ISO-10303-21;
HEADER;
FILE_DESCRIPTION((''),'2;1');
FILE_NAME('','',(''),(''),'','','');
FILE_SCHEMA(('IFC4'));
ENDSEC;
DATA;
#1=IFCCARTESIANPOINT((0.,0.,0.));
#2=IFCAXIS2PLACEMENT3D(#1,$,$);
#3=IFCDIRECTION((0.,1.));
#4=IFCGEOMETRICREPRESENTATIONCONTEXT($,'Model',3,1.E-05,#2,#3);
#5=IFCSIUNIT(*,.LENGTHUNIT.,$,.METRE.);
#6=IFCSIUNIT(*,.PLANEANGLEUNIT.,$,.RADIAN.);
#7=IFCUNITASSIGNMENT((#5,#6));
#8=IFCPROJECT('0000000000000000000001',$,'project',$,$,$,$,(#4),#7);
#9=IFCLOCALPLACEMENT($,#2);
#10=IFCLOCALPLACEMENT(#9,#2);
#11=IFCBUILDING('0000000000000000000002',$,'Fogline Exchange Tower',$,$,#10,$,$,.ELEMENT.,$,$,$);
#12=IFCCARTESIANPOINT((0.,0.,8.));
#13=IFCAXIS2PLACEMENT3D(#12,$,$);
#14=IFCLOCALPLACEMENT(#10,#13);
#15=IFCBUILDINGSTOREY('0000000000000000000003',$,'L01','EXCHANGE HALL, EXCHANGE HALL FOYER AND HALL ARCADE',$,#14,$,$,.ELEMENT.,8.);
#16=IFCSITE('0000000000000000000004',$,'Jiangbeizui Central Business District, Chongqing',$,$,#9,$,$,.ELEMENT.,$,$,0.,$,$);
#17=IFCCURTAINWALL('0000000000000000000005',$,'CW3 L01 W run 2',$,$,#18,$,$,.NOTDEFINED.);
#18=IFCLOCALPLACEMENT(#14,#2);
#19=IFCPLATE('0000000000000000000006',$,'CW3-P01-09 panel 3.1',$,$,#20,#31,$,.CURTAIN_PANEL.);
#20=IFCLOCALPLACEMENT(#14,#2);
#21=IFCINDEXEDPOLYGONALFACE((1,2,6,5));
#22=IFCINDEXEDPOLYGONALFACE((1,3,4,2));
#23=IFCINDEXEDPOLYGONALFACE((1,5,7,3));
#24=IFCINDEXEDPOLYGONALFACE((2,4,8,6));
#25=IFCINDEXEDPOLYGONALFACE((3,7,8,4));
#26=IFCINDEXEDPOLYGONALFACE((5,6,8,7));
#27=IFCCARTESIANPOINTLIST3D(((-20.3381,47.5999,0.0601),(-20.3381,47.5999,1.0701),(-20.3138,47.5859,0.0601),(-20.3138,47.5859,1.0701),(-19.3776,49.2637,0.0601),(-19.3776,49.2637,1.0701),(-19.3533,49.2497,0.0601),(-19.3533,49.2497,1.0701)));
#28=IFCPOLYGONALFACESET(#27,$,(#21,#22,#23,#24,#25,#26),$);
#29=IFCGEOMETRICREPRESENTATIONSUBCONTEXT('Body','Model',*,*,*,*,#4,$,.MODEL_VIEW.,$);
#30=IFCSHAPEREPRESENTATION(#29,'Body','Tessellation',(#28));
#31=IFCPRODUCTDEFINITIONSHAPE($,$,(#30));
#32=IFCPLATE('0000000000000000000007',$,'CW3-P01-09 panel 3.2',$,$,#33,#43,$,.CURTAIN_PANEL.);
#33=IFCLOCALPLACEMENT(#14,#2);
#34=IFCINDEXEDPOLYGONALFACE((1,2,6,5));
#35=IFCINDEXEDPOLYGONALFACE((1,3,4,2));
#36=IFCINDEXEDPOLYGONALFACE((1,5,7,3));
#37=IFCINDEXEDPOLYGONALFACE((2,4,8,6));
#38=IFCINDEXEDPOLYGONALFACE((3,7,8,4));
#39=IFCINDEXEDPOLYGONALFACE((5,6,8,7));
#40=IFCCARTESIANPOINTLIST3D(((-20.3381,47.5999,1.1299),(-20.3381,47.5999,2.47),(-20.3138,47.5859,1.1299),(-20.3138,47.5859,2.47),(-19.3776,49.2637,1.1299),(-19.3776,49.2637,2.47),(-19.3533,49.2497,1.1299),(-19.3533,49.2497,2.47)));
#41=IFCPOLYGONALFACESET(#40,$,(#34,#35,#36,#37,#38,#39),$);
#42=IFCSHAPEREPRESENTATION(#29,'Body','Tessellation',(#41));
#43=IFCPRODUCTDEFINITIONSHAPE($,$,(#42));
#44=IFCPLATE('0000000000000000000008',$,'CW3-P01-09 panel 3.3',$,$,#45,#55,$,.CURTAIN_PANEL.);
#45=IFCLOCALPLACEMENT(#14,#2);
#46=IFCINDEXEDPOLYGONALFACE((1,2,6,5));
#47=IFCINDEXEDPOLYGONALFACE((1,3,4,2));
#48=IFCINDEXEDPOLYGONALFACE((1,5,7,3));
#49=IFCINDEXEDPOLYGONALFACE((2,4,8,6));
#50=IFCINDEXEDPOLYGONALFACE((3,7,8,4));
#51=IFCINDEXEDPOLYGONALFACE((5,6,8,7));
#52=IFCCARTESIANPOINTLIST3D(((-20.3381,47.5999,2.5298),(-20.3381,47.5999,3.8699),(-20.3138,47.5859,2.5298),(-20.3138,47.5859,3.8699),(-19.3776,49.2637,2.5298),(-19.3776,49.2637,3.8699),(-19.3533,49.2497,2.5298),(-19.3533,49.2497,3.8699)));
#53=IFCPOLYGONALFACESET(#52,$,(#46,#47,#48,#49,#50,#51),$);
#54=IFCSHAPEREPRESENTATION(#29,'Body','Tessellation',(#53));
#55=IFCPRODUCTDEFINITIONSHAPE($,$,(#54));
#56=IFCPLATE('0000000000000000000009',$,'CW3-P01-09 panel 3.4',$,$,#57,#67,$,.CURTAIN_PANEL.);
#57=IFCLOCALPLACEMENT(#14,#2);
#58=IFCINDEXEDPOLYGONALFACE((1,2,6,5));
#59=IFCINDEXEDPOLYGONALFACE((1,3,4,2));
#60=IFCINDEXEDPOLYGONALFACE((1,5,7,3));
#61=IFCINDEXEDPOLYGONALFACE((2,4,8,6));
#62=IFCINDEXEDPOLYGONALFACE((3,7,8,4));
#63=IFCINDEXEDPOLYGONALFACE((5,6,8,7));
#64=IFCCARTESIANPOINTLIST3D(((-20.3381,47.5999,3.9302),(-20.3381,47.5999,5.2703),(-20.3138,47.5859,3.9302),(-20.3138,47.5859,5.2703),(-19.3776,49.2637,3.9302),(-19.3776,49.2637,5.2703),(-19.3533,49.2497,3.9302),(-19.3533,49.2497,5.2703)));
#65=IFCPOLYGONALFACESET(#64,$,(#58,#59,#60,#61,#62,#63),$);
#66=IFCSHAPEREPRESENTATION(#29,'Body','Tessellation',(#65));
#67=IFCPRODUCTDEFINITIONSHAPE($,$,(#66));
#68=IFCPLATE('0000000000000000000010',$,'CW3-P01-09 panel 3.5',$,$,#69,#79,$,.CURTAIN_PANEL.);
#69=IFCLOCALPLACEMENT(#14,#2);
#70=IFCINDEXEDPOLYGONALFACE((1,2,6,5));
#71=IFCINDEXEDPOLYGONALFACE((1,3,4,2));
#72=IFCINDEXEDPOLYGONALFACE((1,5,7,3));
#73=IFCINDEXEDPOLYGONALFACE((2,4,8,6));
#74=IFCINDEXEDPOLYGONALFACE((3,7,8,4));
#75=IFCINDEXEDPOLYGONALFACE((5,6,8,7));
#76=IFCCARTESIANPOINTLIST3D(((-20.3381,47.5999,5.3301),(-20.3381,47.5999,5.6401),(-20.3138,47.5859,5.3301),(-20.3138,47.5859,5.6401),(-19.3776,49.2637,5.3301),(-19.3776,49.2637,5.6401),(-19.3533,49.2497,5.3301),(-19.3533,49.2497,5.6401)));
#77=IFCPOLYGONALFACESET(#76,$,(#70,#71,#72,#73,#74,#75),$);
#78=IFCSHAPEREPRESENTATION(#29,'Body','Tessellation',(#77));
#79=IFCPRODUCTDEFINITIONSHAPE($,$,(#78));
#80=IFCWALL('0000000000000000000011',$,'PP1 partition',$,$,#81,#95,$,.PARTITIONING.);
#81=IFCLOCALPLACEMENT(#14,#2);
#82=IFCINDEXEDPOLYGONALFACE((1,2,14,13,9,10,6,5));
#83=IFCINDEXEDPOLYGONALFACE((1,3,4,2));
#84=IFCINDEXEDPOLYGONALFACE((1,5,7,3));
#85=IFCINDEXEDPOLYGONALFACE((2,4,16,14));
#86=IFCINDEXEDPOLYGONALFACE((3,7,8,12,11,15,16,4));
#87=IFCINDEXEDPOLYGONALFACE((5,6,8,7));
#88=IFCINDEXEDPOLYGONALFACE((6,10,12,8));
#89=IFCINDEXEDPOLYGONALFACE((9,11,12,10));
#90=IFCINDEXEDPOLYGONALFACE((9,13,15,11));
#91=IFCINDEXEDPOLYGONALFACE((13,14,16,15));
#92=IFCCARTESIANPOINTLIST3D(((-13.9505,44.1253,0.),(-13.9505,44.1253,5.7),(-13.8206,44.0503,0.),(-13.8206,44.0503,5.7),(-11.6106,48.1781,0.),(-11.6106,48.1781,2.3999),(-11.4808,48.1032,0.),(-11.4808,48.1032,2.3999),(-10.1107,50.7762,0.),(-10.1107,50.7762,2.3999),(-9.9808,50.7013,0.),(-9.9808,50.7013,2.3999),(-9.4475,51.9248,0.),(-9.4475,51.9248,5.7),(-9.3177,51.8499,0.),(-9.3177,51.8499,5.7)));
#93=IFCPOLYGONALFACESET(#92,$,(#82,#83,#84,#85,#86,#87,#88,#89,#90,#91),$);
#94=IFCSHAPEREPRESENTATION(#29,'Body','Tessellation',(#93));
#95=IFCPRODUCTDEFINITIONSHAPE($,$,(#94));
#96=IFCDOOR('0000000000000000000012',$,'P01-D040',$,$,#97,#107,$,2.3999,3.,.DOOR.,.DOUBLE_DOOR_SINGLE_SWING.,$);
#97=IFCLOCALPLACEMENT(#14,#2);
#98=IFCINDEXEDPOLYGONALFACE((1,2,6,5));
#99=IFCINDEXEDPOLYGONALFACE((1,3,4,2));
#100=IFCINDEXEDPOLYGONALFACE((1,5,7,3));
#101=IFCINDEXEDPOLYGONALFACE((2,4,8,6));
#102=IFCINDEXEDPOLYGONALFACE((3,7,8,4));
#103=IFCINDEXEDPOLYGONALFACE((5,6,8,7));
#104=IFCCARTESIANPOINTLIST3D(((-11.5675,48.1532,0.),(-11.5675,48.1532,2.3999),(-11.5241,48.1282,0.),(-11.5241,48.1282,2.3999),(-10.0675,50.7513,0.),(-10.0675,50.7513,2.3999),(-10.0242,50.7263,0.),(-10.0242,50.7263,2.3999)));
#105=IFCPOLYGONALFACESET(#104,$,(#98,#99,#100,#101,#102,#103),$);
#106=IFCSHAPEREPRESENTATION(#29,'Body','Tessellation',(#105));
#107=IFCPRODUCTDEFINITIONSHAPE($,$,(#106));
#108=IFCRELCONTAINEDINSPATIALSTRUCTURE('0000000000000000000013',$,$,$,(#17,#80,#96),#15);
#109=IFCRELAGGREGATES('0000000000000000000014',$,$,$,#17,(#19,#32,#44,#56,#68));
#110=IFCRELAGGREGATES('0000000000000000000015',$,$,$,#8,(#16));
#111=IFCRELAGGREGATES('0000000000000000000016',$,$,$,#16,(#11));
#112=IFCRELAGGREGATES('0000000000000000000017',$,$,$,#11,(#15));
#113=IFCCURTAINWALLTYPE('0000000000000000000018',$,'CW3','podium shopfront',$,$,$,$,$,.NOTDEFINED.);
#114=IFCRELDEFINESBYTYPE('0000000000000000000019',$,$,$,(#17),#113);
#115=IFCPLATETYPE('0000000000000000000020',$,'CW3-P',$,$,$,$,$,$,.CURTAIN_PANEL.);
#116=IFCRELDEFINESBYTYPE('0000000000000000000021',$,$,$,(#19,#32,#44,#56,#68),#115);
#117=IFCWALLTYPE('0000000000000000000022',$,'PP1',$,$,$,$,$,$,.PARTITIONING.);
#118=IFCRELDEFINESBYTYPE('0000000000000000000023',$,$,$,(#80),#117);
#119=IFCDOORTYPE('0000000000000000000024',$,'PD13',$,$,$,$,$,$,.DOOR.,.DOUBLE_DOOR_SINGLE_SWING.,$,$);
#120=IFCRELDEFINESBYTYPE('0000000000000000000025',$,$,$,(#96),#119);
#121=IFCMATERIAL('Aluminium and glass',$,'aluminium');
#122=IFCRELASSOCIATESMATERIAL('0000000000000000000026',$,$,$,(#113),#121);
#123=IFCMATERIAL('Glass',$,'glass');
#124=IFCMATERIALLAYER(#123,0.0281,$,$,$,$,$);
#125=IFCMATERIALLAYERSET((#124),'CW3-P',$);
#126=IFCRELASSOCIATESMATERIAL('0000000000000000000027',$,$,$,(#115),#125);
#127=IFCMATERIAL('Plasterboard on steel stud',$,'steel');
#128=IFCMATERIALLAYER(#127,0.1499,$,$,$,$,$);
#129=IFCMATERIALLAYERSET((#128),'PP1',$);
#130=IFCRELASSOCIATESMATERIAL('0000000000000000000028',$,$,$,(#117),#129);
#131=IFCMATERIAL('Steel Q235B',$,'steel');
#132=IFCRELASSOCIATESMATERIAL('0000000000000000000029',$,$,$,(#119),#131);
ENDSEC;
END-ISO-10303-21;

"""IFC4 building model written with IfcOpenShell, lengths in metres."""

from ifc_helpers import new_model, si_unit, direction, frame, frame_2d, origin, origin_2d, place, context, subcontext, project, spatial, rectangle, extrude, material, layer, layer_set, type_object, element, fill, aggregate, save


model = new_model("IFC4")

# Units and contexts
model_context = context("Model", 3, precision=1e-05, world=origin(), true_north=direction((0.0, 1.0)))
body_context = subcontext(model_context, "Body", "Model", "MODEL_VIEW")
ifc_project = project(units=[si_unit("LENGTHUNIT", "METRE"), si_unit("PLANEANGLEUNIT", "RADIAN")], contexts=[model_context])

# Site, building, storey
site_placement = place(None, origin())
site = spatial("IfcSite", under=ifc_project, at=site_placement, Name="Jiangbeizui Central Business District, Chongqing", CompositionType="ELEMENT", RefElevation=0.0)
building_placement = place(site_placement, origin())
building = spatial("IfcBuilding", under=site, at=building_placement, Name="Fogline Exchange Tower", CompositionType="ELEMENT")
storey_placement = place(building_placement, frame((0.0, 0.0, 8.0)))
storey = spatial("IfcBuildingStorey", under=building, at=storey_placement, Name="L01", Description="EXCHANGE HALL, EXCHANGE HALL FOYER AND HALL ARCADE", CompositionType="ELEMENT", Elevation=8.0)

# Curtain wall, plates
ifc_material_1 = material(Name="Aluminium and glass", Category="aluminium")
curtain_wall_type = type_object("IfcCurtainWallType", Name="CW3", Description="podium shopfront", PredefinedType="NOTDEFINED", material=ifc_material_1)
curtain_wall_placement = place(storey_placement, origin())
curtain_wall = element("IfcCurtainWall", 1, at=curtain_wall_placement, inside=storey, type_object=curtain_wall_type, Name="CW3 L01 W run 2", PredefinedType="NOTDEFINED")
ifc_material_2 = material(Name="Glass", Category="glass")
ifc_layer_1 = layer(ifc_material_2, 0.0281)
ifc_layer_set_1 = layer_set([ifc_layer_1], Name="CW3-P")
plate_type = type_object("IfcPlateType", Name="CW3-P", PredefinedType="CURTAIN_PANEL", material=ifc_layer_set_1)
plate_1_placement = place(storey_placement, frame((-19.8457, 48.4248, 0.0601), z_axis=(0.0, 0.0, 1.0), x_axis=(-0.5, -0.866025, 0.0)))
plate_1 = element("IfcPlate", 2, at=plate_1_placement, type_object=plate_type, Name="CW3-P01-09 panel 3.1", PredefinedType="CURTAIN_PANEL", context=body_context, shape_type="SweptSolid", body=[
    extrude(rectangle(XDim=1.9211, YDim=0.0281, at=origin_2d()), origin(), (0.0, 0.0, 1.0), 1.01),
])
plate_2_placement = place(storey_placement, frame((-19.8457, 48.4248, 1.1299), z_axis=(0.0, 0.0, 1.0), x_axis=(-0.5, -0.866025, 0.0)))
plate_2 = element("IfcPlate", 3, at=plate_2_placement, type_object=plate_type, Name="CW3-P01-09 panel 3.2", PredefinedType="CURTAIN_PANEL", context=body_context, shape_type="SweptSolid", body=[
    extrude(rectangle(XDim=1.9211, YDim=0.0281, at=origin_2d()), origin(), (0.0, 0.0, 1.0), 1.3401),
])
plate_3_placement = place(storey_placement, frame((-19.8457, 48.4248, 2.5298), z_axis=(0.0, 0.0, 1.0), x_axis=(-0.5, -0.866025, 0.0)))
plate_3 = element("IfcPlate", 4, at=plate_3_placement, type_object=plate_type, Name="CW3-P01-09 panel 3.3", PredefinedType="CURTAIN_PANEL", context=body_context, shape_type="SweptSolid", body=[
    extrude(rectangle(XDim=1.9211, YDim=0.0281, at=origin_2d()), origin(), (0.0, 0.0, 1.0), 1.3401),
])
plate_4_placement = place(storey_placement, frame((-19.8457, 48.4248, 3.9302), z_axis=(0.0, 0.0, 1.0), x_axis=(-0.5, -0.866025, 0.0)))
plate_4 = element("IfcPlate", 5, at=plate_4_placement, type_object=plate_type, Name="CW3-P01-09 panel 3.4", PredefinedType="CURTAIN_PANEL", context=body_context, shape_type="SweptSolid", body=[
    extrude(rectangle(XDim=1.9211, YDim=0.0281, at=origin_2d()), origin(), (0.0, 0.0, 1.0), 1.3401),
])
plate_5_placement = place(storey_placement, frame((-19.8457, 48.4248, 5.3301), z_axis=(0.0, 0.0, 1.0), x_axis=(-0.5, -0.866025, 0.0)))
plate_5 = element("IfcPlate", 6, at=plate_5_placement, type_object=plate_type, Name="CW3-P01-09 panel 3.5", PredefinedType="CURTAIN_PANEL", context=body_context, shape_type="SweptSolid", body=[
    extrude(rectangle(XDim=1.9211, YDim=0.0281, at=origin_2d()), origin(), (0.0, 0.0, 1.0), 0.3101),
])
aggregate(curtain_wall, [plate_1, plate_2, plate_3, plate_4, plate_5])

# Wall, opening, door
ifc_material_3 = material(Name="Plasterboard on steel stud", Category="steel")
ifc_layer_2 = layer(ifc_material_3, 0.1499)
ifc_layer_set_2 = layer_set([ifc_layer_2], Name="PP1")
wall_type = type_object("IfcWallType", Name="PP1", PredefinedType="PARTITIONING", material=ifc_layer_set_2)
ifc_material_4 = material(Name="Steel Q235B", Category="steel")
door_type = type_object("IfcDoorType", Name="PD13", OperationType="DOUBLE_DOOR_SINGLE_SWING", PredefinedType="DOOR", material=ifc_material_4)
wall_1_placement = place(storey_placement, frame((-13.8855, 44.0879, 0.0), z_axis=(0.0, 0.0, 1.0), x_axis=(0.499988, 0.866033, 0.0)))
wall_1 = element("IfcWall", 7, at=wall_1_placement, inside=storey, type_object=wall_type, Name="PP1 partition", PredefinedType="PARTITIONING", context=body_context, shape_type="SweptSolid", body=[
    extrude(rectangle(XDim=9.0061, YDim=0.1499, at=frame_2d((4.5029, 0.0))), origin(), (0.0, 0.0, 1.0), 5.7),
])
opening_1_placement = place(wall_1_placement, frame((4.6797, 0.0, 0.0)))
opening_1 = element("IfcOpeningElement", 8, at=opening_1_placement, cuts=wall_1, PredefinedType="OPENING", context=body_context, shape_type="SweptSolid", body=[
    extrude(rectangle(XDim=3.0, YDim=2.3999, at=frame_2d((1.5, 1.2))), frame((0.0, 0.085, 0.0), z_axis=(0.0, -1.0, 0.0), x_axis=(1.0, 0.0, 0.0)), (0.0, 0.0, 1.0), 0.1699),
])
door_1_placement = place(opening_1_placement, frame((3.0, 0.0, 0.0), z_axis=(0.0, 0.0, 1.0), x_axis=(-1.0, 0.0, 0.0)))
door_1 = element("IfcDoor", 9, at=door_1_placement, inside=storey, type_object=door_type, Name="P01-D040", OperationType="DOUBLE_DOOR_SINGLE_SWING", OverallHeight=2.3999, OverallWidth=3.0, PredefinedType="DOOR", context=body_context, shape_type="SweptSolid", body=[
    extrude(rectangle(XDim=3.0, YDim=2.3999, at=frame_2d((1.5, 1.2))), frame((0.0, 0.0249, 0.0), z_axis=(0.0, -1.0, 0.0), x_axis=(1.0, 0.0, 0.0)), (0.0, 0.0, 1.0), 0.05),
])
fill(opening_1, door_1)

save(model, "model.ifc")
